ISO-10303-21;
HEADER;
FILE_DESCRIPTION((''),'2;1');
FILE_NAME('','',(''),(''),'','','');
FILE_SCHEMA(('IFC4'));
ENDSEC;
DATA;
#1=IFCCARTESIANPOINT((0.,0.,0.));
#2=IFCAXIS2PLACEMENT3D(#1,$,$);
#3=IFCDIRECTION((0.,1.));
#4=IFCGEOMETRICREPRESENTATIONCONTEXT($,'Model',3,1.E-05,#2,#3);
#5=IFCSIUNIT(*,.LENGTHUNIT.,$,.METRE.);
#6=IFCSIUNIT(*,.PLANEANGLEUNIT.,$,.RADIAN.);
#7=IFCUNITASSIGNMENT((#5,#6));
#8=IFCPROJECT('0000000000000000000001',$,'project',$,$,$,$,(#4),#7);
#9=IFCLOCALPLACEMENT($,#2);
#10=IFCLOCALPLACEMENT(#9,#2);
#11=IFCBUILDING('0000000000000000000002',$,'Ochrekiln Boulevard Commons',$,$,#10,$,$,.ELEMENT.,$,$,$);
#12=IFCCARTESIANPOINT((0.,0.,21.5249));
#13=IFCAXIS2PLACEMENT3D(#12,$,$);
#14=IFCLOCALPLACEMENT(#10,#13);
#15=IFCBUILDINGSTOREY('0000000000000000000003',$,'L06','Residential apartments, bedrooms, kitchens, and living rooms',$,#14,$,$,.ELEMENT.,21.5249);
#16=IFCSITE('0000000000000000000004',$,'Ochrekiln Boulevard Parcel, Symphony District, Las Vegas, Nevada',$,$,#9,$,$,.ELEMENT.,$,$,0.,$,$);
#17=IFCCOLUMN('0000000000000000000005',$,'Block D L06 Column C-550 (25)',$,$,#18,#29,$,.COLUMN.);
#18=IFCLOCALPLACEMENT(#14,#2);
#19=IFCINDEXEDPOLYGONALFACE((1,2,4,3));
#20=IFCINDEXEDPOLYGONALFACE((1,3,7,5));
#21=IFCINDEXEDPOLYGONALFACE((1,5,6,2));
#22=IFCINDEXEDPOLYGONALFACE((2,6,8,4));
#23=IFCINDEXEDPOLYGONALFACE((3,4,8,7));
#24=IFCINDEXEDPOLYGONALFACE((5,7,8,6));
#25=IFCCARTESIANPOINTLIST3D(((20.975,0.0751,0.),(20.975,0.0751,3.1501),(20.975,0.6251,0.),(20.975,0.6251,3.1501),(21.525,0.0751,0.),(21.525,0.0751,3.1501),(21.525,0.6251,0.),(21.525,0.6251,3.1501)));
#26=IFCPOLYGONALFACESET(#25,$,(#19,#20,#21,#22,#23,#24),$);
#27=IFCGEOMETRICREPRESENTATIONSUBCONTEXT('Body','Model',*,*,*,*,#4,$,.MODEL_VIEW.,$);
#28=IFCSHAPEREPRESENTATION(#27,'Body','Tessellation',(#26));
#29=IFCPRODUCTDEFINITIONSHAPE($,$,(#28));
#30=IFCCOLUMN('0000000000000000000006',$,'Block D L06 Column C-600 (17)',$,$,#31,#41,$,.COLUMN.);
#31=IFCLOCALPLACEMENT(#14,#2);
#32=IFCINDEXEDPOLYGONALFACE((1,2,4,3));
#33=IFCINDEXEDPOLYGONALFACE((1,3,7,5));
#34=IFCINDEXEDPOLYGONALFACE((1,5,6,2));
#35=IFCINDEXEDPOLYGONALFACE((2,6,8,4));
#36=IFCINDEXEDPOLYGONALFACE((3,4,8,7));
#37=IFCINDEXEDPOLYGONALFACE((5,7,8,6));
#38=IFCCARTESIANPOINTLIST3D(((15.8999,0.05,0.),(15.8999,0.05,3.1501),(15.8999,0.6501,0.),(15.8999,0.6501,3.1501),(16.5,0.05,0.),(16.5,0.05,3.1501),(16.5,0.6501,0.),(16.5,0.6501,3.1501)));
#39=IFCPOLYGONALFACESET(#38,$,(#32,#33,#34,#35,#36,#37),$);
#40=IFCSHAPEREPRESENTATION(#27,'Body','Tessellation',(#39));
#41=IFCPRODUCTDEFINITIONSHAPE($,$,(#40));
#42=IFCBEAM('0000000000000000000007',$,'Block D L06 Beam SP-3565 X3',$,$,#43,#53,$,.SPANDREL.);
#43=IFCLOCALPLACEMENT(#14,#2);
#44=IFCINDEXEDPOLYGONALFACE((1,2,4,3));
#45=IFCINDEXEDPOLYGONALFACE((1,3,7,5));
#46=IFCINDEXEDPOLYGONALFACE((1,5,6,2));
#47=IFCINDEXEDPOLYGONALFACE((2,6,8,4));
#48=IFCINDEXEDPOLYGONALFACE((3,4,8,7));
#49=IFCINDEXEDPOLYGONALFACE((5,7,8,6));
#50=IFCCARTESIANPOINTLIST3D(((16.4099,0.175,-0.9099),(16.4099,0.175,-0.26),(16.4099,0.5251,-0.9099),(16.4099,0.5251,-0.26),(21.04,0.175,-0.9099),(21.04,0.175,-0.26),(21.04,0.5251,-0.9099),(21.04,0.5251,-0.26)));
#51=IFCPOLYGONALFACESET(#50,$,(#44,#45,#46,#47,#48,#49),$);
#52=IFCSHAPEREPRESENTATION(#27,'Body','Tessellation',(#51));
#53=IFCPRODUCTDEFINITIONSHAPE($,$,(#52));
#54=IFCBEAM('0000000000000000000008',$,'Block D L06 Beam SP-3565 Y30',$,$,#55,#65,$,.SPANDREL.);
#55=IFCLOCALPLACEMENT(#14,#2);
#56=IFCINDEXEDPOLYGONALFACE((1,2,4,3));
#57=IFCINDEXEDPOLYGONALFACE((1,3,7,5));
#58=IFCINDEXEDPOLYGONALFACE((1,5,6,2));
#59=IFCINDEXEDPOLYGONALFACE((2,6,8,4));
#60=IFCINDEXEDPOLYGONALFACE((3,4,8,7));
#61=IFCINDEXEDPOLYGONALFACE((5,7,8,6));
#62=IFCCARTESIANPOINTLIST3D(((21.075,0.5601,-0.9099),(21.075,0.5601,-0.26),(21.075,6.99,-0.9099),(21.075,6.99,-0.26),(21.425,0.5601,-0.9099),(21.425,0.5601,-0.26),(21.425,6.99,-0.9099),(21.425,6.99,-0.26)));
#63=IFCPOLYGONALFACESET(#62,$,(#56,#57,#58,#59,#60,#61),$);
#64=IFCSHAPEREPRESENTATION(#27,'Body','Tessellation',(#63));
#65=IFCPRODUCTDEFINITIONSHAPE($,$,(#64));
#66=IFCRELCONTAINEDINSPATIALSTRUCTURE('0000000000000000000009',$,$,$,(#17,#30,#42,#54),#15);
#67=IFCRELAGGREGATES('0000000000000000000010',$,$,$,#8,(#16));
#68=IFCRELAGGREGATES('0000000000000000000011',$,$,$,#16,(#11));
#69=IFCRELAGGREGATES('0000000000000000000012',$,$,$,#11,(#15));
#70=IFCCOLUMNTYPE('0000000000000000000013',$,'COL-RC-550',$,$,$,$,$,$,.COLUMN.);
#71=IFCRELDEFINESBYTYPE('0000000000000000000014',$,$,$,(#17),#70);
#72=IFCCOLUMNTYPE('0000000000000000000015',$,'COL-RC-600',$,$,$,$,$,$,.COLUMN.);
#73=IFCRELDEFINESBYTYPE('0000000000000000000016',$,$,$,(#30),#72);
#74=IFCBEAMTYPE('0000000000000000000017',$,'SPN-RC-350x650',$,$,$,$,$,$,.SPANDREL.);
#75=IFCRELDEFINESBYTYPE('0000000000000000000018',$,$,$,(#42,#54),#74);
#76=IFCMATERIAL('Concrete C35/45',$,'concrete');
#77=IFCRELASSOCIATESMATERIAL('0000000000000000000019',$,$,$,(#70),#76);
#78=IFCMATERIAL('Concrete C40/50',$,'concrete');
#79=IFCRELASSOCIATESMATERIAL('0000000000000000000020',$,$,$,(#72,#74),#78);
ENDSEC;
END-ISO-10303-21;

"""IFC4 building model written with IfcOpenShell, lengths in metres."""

from ifc_helpers import new_model, si_unit, direction, frame, origin, origin_2d, place, context, subcontext, project, spatial, rectangle, extrude, material, material_profile, profile_set, type_object, element, save


model = new_model("IFC4")

# Units and contexts
model_context = context("Model", 3, precision=1e-05, world=origin(), true_north=direction((0.0, 1.0)))
body_context = subcontext(model_context, "Body", "Model", "MODEL_VIEW")
ifc_project = project(units=[si_unit("LENGTHUNIT", "METRE"), si_unit("PLANEANGLEUNIT", "RADIAN")], contexts=[model_context])

# Site, building, storey
site_placement = place(None, origin())
site = spatial("IfcSite", under=ifc_project, at=site_placement, Name="Ochrekiln Boulevard Parcel, Symphony District, Las Vegas, Nevada", CompositionType="ELEMENT", RefElevation=0.0)
building_placement = place(site_placement, origin())
building = spatial("IfcBuilding", under=site, at=building_placement, Name="Ochrekiln Boulevard Commons", CompositionType="ELEMENT")
storey_placement = place(building_placement, frame((0.0, 0.0, 21.5249)))
storey = spatial("IfcBuildingStorey", under=building, at=storey_placement, Name="L06", Description="Residential apartments, bedrooms, kitchens, and living rooms", CompositionType="ELEMENT", Elevation=21.5249)

# Columns
ifc_material_1 = material(Name="Concrete C35/45", Category="concrete")
ifc_material_profile_1 = material_profile(ifc_material_1, rectangle(XDim=0.55, YDim=0.55, at=origin_2d()), Name="RC-COL-550x550")
ifc_profile_set_1 = profile_set([ifc_material_profile_1], Name="Concrete C35/45")
column_type_1 = type_object("IfcColumnType", Name="COL-RC-550", PredefinedType="COLUMN", material=ifc_profile_set_1)
column_1_placement = place(storey_placement, frame((21.25, 0.3501, 0.0), z_axis=(0.0, 0.0, 1.0), x_axis=(1.0, 0.0, 0.0)))
element("IfcColumn", 1, at=column_1_placement, inside=storey, type_object=column_type_1, Name="Block D L06 Column C-550 (25)", PredefinedType="COLUMN", context=body_context, shape_type="SweptSolid", body=[
    extrude(rectangle(XDim=0.55, YDim=0.55, at=origin_2d()), origin(), (0.0, 0.0, 1.0), 3.1501),
])
ifc_material_2 = material(Name="Concrete C40/50", Category="concrete")
ifc_material_profile_2 = material_profile(ifc_material_2, rectangle(XDim=0.6001, YDim=0.6001, at=origin_2d()), Name="RC-COL-600x600")
ifc_profile_set_2 = profile_set([ifc_material_profile_2], Name="Concrete C40/50")
column_type_2 = type_object("IfcColumnType", Name="COL-RC-600", PredefinedType="COLUMN", material=ifc_profile_set_2)
column_2_placement = place(storey_placement, frame((16.2, 0.3501, 0.0), z_axis=(0.0, 0.0, 1.0), x_axis=(1.0, 0.0, 0.0)))
element("IfcColumn", 2, at=column_2_placement, inside=storey, type_object=column_type_2, Name="Block D L06 Column C-600 (17)", PredefinedType="COLUMN", context=body_context, shape_type="SweptSolid", body=[
    extrude(rectangle(XDim=0.6001, YDim=0.6001, at=origin_2d()), origin(), (0.0, 0.0, 1.0), 3.1501),
])

# Beams
ifc_material_profile_3 = material_profile(ifc_material_2, rectangle(XDim=0.3501, YDim=0.6499, at=origin_2d()), Name="RC-SPN-350x650")
ifc_profile_set_3 = profile_set([ifc_material_profile_3], Name="Concrete C40/50")
beam_type = type_object("IfcBeamType", Name="SPN-RC-350x650", PredefinedType="SPANDREL", material=ifc_profile_set_3)
beam_1_placement = place(storey_placement, frame((16.4099, 0.3501, -0.585), z_axis=(1.0, 0.0, 0.0), x_axis=(0.0, 1.0, 0.0)))
element("IfcBeam", 3, at=beam_1_placement, inside=storey, type_object=beam_type, Name="Block D L06 Beam SP-3565 X3", PredefinedType="SPANDREL", context=body_context, shape_type="SweptSolid", body=[
    extrude(rectangle(XDim=0.3501, YDim=0.6499, at=origin_2d()), origin(), (0.0, 0.0, 1.0), 4.6301),
])
beam_2_placement = place(storey_placement, frame((21.25, 0.5601, -0.585), z_axis=(0.0, 1.0, 0.0), x_axis=(-1.0, 0.0, 0.0)))
element("IfcBeam", 4, at=beam_2_placement, inside=storey, type_object=beam_type, Name="Block D L06 Beam SP-3565 Y30", PredefinedType="SPANDREL", context=body_context, shape_type="SweptSolid", body=[
    extrude(rectangle(XDim=0.3501, YDim=0.6499, at=origin_2d()), origin(), (0.0, 0.0, 1.0), 6.4299),
])

save(model, "model.ifc")
